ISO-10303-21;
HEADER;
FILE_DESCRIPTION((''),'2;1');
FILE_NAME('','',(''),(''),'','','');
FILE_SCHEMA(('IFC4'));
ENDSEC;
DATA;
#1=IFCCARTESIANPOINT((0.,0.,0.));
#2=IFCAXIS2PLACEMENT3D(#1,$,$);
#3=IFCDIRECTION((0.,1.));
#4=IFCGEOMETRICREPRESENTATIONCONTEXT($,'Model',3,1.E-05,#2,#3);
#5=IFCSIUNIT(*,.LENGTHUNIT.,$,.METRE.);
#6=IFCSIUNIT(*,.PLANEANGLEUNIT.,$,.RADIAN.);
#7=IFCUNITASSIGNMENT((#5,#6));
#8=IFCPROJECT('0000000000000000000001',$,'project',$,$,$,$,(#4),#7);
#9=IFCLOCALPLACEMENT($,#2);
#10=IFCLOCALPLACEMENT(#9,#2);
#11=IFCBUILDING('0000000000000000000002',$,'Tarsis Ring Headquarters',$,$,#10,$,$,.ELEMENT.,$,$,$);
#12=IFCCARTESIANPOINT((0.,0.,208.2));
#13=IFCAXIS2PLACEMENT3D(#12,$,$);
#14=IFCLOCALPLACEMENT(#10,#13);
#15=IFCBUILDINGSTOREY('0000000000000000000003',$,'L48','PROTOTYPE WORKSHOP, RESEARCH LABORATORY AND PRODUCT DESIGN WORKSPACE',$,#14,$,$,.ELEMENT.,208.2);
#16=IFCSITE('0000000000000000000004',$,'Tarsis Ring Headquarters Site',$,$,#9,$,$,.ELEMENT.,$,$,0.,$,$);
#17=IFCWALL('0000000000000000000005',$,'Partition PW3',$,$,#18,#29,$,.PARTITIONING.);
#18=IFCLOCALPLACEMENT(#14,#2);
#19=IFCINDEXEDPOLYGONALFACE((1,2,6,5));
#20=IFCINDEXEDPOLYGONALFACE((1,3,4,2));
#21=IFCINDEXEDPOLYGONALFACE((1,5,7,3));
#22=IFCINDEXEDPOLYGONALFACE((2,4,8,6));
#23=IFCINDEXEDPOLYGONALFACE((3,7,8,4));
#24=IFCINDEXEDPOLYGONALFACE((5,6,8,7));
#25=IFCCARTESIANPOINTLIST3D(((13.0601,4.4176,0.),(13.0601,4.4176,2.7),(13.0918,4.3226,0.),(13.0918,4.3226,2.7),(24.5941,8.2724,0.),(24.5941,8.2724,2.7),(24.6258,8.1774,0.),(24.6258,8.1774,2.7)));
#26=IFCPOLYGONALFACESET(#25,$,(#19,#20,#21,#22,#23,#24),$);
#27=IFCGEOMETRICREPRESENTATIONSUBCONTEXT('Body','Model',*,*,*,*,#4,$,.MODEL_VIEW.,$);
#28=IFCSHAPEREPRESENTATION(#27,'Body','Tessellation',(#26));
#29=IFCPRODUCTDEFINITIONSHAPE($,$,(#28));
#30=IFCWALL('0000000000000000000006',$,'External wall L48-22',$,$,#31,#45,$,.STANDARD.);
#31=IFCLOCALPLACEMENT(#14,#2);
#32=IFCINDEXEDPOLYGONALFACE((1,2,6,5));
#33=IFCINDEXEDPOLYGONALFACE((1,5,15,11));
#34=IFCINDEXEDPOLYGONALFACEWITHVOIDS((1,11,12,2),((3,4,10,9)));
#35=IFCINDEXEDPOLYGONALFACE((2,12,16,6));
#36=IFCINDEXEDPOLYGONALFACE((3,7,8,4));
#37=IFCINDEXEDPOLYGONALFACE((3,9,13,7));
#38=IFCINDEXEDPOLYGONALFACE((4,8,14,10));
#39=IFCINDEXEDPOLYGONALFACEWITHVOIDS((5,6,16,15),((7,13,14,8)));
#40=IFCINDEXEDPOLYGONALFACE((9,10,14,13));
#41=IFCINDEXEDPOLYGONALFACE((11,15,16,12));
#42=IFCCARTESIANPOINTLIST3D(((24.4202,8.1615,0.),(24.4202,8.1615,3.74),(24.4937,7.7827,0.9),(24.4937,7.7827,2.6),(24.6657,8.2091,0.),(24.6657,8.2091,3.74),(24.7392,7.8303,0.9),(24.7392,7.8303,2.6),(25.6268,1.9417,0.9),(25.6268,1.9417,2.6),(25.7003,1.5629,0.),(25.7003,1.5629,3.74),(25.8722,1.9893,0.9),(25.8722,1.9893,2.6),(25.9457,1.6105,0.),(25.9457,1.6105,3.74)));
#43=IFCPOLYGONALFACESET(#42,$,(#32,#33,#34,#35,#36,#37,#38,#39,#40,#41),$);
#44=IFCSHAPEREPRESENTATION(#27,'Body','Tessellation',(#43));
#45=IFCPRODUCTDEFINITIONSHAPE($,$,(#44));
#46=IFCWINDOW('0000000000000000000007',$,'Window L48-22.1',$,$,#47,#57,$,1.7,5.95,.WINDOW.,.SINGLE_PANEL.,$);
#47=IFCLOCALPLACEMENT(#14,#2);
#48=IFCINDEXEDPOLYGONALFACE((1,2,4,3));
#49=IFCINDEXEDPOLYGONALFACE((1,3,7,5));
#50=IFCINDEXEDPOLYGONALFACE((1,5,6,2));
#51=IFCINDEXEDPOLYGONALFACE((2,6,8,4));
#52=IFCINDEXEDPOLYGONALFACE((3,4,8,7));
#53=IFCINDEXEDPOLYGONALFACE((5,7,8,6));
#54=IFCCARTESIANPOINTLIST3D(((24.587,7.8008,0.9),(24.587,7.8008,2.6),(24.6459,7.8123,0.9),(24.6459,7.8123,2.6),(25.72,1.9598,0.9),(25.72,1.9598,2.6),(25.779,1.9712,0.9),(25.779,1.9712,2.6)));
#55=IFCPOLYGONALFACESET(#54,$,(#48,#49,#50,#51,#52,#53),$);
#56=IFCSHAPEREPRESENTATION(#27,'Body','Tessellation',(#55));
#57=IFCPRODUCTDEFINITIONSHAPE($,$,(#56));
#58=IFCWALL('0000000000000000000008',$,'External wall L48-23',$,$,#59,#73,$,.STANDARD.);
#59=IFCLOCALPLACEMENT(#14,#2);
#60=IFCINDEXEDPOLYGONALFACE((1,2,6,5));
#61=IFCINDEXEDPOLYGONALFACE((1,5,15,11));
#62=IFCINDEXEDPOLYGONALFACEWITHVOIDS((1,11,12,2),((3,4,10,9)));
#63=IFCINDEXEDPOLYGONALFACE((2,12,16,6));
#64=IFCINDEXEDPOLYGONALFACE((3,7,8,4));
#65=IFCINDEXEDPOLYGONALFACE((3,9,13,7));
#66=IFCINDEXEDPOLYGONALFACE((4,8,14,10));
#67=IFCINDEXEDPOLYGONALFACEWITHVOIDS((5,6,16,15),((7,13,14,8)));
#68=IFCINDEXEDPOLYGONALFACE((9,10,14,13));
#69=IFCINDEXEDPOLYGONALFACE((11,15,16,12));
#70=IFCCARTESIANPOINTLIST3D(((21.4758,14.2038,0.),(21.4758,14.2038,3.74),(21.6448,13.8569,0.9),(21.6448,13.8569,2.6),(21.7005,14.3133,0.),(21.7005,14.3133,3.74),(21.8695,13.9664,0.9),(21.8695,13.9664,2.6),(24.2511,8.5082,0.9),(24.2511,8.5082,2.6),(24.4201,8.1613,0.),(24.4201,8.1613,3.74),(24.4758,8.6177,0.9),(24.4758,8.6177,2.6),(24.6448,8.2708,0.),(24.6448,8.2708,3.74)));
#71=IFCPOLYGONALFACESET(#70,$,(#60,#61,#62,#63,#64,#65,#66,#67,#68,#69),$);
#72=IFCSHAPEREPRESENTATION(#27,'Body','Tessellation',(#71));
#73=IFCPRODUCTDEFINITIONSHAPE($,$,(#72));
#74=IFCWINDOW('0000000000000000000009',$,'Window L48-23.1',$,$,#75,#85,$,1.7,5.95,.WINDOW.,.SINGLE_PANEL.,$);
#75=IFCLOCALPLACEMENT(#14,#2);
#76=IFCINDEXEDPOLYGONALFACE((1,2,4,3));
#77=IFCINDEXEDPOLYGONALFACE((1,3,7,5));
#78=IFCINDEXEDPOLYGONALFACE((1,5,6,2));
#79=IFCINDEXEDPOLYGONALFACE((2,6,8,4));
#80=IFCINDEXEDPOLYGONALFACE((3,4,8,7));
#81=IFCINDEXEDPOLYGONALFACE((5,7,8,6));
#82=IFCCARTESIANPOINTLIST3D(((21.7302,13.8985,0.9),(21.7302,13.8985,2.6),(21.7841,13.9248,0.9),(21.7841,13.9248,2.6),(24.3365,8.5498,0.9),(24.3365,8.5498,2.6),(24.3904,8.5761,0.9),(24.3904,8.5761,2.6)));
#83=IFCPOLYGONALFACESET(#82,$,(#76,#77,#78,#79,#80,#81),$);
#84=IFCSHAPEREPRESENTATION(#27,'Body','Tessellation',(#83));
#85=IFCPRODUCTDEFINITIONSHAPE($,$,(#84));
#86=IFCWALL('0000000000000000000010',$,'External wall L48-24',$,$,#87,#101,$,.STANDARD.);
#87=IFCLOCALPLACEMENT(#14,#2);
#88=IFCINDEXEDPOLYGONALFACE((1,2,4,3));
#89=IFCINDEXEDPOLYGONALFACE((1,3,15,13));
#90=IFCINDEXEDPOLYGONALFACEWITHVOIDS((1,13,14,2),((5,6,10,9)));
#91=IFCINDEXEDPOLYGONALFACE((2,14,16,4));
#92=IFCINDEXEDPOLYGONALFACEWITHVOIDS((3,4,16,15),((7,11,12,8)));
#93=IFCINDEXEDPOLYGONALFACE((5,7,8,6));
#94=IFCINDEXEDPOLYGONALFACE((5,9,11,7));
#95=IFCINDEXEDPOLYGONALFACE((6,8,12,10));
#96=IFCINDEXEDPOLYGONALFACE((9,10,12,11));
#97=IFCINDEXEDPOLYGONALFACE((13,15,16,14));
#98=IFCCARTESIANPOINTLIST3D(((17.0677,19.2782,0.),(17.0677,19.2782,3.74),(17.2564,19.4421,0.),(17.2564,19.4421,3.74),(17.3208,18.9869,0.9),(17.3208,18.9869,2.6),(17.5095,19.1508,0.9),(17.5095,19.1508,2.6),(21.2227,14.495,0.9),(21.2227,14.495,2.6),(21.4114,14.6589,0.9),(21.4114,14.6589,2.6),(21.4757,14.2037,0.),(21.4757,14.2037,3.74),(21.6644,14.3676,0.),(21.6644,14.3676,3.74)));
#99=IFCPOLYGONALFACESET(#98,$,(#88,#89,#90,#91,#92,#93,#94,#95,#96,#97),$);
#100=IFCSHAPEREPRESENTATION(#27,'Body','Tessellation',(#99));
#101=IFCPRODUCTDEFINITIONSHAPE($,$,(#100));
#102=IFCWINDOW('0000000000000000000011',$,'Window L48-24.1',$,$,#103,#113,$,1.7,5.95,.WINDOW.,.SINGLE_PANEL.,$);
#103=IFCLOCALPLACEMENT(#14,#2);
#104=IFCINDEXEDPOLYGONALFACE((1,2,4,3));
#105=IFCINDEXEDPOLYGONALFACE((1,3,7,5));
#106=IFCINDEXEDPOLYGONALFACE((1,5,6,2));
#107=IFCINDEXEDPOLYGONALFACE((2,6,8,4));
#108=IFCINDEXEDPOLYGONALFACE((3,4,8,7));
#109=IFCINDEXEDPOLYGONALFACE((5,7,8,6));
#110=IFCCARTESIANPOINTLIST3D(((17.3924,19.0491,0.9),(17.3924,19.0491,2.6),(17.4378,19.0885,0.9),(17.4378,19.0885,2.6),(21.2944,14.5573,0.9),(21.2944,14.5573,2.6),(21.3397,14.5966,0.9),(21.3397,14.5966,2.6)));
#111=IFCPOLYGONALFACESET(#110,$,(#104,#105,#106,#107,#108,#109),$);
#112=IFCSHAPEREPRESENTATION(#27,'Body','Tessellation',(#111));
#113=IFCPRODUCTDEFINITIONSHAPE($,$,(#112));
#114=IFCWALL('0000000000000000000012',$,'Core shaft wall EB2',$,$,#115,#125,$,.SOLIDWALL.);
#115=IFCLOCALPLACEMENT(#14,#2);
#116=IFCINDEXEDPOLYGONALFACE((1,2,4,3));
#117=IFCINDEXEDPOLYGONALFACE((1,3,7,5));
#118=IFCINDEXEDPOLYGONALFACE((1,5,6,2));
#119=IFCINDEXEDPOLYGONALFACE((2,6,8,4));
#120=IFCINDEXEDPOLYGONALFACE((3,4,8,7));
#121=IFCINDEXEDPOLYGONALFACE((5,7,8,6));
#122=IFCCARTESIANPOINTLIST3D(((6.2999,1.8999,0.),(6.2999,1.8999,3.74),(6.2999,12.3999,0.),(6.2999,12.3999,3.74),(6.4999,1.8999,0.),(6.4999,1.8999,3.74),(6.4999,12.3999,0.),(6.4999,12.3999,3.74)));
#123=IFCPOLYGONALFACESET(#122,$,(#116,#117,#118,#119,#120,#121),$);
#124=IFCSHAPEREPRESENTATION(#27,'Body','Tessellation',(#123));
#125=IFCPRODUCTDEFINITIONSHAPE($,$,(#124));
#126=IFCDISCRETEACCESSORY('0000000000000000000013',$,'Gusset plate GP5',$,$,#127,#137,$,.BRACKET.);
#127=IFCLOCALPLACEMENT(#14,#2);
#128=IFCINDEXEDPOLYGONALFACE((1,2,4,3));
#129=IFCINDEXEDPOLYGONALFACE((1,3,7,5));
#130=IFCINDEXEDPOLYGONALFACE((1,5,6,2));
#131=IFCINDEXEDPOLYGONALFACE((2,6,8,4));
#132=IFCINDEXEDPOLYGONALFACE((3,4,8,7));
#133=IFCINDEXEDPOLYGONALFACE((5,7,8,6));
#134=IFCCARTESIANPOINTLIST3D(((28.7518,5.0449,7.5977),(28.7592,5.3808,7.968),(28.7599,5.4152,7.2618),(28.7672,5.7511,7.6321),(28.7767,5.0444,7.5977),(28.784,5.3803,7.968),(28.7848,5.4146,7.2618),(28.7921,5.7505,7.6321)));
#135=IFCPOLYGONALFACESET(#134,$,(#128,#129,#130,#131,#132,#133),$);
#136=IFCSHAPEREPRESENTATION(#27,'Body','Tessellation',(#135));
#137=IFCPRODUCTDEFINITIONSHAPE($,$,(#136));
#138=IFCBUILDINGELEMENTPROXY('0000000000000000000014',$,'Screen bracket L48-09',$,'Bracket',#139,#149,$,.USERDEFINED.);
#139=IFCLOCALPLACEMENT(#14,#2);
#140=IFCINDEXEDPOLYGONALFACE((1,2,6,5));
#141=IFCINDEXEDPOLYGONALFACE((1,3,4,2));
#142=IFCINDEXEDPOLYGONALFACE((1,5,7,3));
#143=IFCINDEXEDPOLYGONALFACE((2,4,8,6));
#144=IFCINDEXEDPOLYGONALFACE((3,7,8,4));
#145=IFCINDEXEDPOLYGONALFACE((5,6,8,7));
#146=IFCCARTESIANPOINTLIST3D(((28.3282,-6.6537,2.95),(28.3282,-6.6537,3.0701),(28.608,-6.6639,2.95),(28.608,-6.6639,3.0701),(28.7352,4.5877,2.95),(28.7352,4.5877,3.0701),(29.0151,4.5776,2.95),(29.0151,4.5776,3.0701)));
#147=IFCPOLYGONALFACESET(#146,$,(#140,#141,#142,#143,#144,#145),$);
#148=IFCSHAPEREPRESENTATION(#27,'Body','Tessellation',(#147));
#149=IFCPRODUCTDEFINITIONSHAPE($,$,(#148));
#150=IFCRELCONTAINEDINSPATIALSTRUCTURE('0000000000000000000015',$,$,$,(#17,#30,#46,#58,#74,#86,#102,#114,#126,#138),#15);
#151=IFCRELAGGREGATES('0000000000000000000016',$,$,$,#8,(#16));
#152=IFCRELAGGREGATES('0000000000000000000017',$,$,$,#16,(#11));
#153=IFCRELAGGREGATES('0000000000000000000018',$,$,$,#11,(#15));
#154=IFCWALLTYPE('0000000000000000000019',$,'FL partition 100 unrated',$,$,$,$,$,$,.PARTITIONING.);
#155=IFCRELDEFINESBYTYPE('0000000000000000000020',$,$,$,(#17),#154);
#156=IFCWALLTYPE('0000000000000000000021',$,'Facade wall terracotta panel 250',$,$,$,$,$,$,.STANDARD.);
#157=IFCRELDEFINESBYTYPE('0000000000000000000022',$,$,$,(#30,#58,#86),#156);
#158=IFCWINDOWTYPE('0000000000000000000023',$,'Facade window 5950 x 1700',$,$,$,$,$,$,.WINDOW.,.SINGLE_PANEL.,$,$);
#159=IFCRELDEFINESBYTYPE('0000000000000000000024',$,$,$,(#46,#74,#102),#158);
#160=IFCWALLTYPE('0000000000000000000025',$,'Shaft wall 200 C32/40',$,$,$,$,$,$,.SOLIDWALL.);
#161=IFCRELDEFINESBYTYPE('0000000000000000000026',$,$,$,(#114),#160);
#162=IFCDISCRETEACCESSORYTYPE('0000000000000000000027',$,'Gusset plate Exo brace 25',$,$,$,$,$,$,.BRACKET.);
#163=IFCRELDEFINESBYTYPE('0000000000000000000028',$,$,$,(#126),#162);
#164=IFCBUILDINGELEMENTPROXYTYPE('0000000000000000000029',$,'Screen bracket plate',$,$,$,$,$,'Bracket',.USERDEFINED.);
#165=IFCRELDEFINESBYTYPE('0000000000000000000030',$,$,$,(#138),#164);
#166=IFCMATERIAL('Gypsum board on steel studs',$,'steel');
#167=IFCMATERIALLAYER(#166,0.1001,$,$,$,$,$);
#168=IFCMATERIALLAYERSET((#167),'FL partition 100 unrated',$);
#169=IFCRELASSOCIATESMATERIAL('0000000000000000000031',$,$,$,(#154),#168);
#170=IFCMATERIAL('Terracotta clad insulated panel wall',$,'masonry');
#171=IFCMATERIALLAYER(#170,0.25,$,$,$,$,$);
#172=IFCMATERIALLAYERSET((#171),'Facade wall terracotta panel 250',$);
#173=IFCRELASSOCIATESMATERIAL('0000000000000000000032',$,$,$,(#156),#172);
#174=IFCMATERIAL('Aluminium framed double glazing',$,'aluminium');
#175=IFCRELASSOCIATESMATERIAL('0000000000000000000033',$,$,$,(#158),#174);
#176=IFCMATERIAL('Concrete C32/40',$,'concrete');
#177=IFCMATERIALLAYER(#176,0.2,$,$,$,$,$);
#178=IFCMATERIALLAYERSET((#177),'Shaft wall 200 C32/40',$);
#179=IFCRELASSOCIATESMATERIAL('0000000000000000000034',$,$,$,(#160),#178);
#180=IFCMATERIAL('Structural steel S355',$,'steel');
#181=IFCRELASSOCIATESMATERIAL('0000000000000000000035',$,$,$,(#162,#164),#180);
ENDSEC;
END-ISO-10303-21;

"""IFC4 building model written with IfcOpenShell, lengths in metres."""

from ifc_helpers import new_model, si_unit, direction, frame, frame_2d, origin, origin_2d, place, context, subcontext, project, spatial, rectangle, extrude, material, layer, layer_set, material_profile, profile_set, type_object, element, fill, save


model = new_model("IFC4")

# Units and contexts
model_context = context("Model", 3, precision=1e-05, world=origin(), true_north=direction((0.0, 1.0)))
body_context = subcontext(model_context, "Body", "Model", "MODEL_VIEW")
ifc_project = project(units=[si_unit("LENGTHUNIT", "METRE"), si_unit("PLANEANGLEUNIT", "RADIAN")], contexts=[model_context])

# Site, building, storey
site_placement = place(None, origin())
site = spatial("IfcSite", under=ifc_project, at=site_placement, Name="Tarsis Ring Headquarters Site", CompositionType="ELEMENT", RefElevation=0.0)
building_placement = place(site_placement, origin())
building = spatial("IfcBuilding", under=site, at=building_placement, Name="Tarsis Ring Headquarters", CompositionType="ELEMENT")
storey_placement = place(building_placement, frame((0.0, 0.0, 208.2)))
storey = spatial("IfcBuildingStorey", under=building, at=storey_placement, Name="L48", Description="PROTOTYPE WORKSHOP, RESEARCH LABORATORY AND PRODUCT DESIGN WORKSPACE", CompositionType="ELEMENT", Elevation=208.2)

# Shared definitions
ifc_material_1 = material(Name="Structural steel S355", Category="steel")

# Wall
ifc_material_2 = material(Name="Gypsum board on steel studs", Category="steel")
ifc_layer_1 = layer(ifc_material_2, 0.1001)
ifc_layer_set_1 = layer_set([ifc_layer_1], Name="FL partition 100 unrated")
wall_type_1 = type_object("IfcWallType", Name="FL partition 100 unrated", PredefinedType="PARTITIONING", material=ifc_layer_set_1)
wall_1_placement = place(storey_placement, frame((13.0759, 4.3701, 0.0), z_axis=(0.0, 0.0, 1.0), x_axis=(0.948434, 0.316974, 0.0)))
element("IfcWall", 1, at=wall_1_placement, inside=storey, type_object=wall_type_1, Name="Partition PW3", PredefinedType="PARTITIONING", context=body_context, shape_type="SweptSolid", body=[
    extrude(rectangle(XDim=12.1611, YDim=0.1001, at=frame_2d((6.0806, 0.0))), origin(), (0.0, 0.0, 1.0), 2.7),
])

# Walls, openings, windows
ifc_material_3 = material(Name="Terracotta clad insulated panel wall", Category="masonry")
ifc_layer_2 = layer(ifc_material_3, 0.25)
ifc_layer_set_2 = layer_set([ifc_layer_2], Name="Facade wall terracotta panel 250")
wall_type_2 = type_object("IfcWallType", Name="Facade wall terracotta panel 250", PredefinedType="STANDARD", material=ifc_layer_set_2)
wall_2_placement = place(storey_placement, frame((25.823, 1.5867, 0.0), z_axis=(0.0, 0.0, 1.0), x_axis=(-0.190434, 0.9817, 0.0)))
wall_2 = element("IfcWall", 2, at=wall_2_placement, inside=storey, type_object=wall_type_2, Name="External wall L48-22", PredefinedType="STANDARD", context=body_context, shape_type="SweptSolid", body=[
    extrude(rectangle(XDim=6.7217, YDim=0.25, at=frame_2d((3.3608, 0.0))), origin(), (0.0, 0.0, 1.0), 3.74),
])
opening_1_placement = place(wall_2_placement, frame((0.3857, 0.0, 0.8999)))
opening_1 = element("IfcOpeningElement", 3, at=opening_1_placement, cuts=wall_2, PredefinedType="OPENING", context=body_context, shape_type="SweptSolid", body=[
    extrude(rectangle(XDim=5.95, YDim=1.7, at=frame_2d((2.9751, 0.8501))), frame((0.0, 0.135, 0.0), z_axis=(0.0, -1.0, 0.0), x_axis=(1.0, 0.0, 0.0)), (0.0, 0.0, 1.0), 0.27),
])
ifc_material_4 = material(Name="Aluminium framed double glazing", Category="aluminium")
window_type = type_object("IfcWindowType", Name="Facade window 5950 x 1700", PartitioningType="SINGLE_PANEL", PredefinedType="WINDOW", material=ifc_material_4)
window_1_placement = place(opening_1_placement, origin())
window_1 = element("IfcWindow", 4, at=window_1_placement, inside=storey, type_object=window_type, Name="Window L48-22.1", OverallHeight=1.7, OverallWidth=5.95, PartitioningType="SINGLE_PANEL", PredefinedType="WINDOW", context=body_context, shape_type="SweptSolid", body=[
    extrude(rectangle(XDim=5.95, YDim=1.7, at=frame_2d((2.9751, 0.8501))), frame((0.0, 0.03, 0.0), z_axis=(0.0, -1.0, 0.0), x_axis=(1.0, 0.0, 0.0)), (0.0, 0.0, 1.0), 0.0601),
])
fill(opening_1, window_1)
wall_3_placement = place(storey_placement, frame((24.5325, 8.2161, 0.0), z_axis=(0.0, 0.0, 1.0), x_axis=(-0.438037, 0.898957, 0.0)))
wall_3 = element("IfcWall", 5, at=wall_3_placement, inside=storey, type_object=wall_type_2, Name="External wall L48-23", PredefinedType="STANDARD", context=body_context, shape_type="SweptSolid", body=[
    extrude(rectangle(XDim=6.7217, YDim=0.25, at=frame_2d((3.3608, 0.0))), origin(), (0.0, 0.0, 1.0), 3.74),
])
opening_2_placement = place(wall_3_placement, frame((0.3857, 0.0, 0.8999)))
opening_2 = element("IfcOpeningElement", 6, at=opening_2_placement, cuts=wall_3, PredefinedType="OPENING", context=body_context, shape_type="SweptSolid", body=[
    extrude(rectangle(XDim=5.95, YDim=1.7, at=frame_2d((2.9751, 0.8501))), frame((0.0, 0.135, 0.0), z_axis=(0.0, -1.0, 0.0), x_axis=(1.0, 0.0, 0.0)), (0.0, 0.0, 1.0), 0.27),
])
window_2_placement = place(opening_2_placement, origin())
window_2 = element("IfcWindow", 7, at=window_2_placement, inside=storey, type_object=window_type, Name="Window L48-23.1", OverallHeight=1.7, OverallWidth=5.95, PartitioningType="SINGLE_PANEL", PredefinedType="WINDOW", context=body_context, shape_type="SweptSolid", body=[
    extrude(rectangle(XDim=5.95, YDim=1.7, at=frame_2d((2.9751, 0.8501))), frame((0.0, 0.03, 0.0), z_axis=(0.0, -1.0, 0.0), x_axis=(1.0, 0.0, 0.0)), (0.0, 0.0, 1.0), 0.0601),
])
fill(opening_2, window_2)
wall_4_placement = place(storey_placement, frame((21.5701, 14.2856, 0.0), z_axis=(0.0, 0.0, 1.0), x_axis=(-0.655787, 0.754946, 0.0)))
wall_4 = element("IfcWall", 8, at=wall_4_placement, inside=storey, type_object=wall_type_2, Name="External wall L48-24", PredefinedType="STANDARD", context=body_context, shape_type="SweptSolid", body=[
    extrude(rectangle(XDim=6.7217, YDim=0.25, at=frame_2d((3.3608, 0.0))), origin(), (0.0, 0.0, 1.0), 3.74),
])
opening_3_placement = place(wall_4_placement, frame((0.3857, 0.0, 0.8999)))
opening_3 = element("IfcOpeningElement", 9, at=opening_3_placement, cuts=wall_4, PredefinedType="OPENING", context=body_context, shape_type="SweptSolid", body=[
    extrude(rectangle(XDim=5.95, YDim=1.7, at=frame_2d((2.9751, 0.8501))), frame((0.0, 0.135, 0.0), z_axis=(0.0, -1.0, 0.0), x_axis=(1.0, 0.0, 0.0)), (0.0, 0.0, 1.0), 0.27),
])
window_3_placement = place(opening_3_placement, origin())
window_3 = element("IfcWindow", 10, at=window_3_placement, inside=storey, type_object=window_type, Name="Window L48-24.1", OverallHeight=1.7, OverallWidth=5.95, PartitioningType="SINGLE_PANEL", PredefinedType="WINDOW", context=body_context, shape_type="SweptSolid", body=[
    extrude(rectangle(XDim=5.95, YDim=1.7, at=frame_2d((2.9751, 0.8501))), frame((0.0, 0.03, 0.0), z_axis=(0.0, -1.0, 0.0), x_axis=(1.0, 0.0, 0.0)), (0.0, 0.0, 1.0), 0.0601),
])
fill(opening_3, window_3)

# Wall
ifc_material_5 = material(Name="Concrete C32/40", Category="concrete")
ifc_layer_3 = layer(ifc_material_5, 0.2)
ifc_layer_set_3 = layer_set([ifc_layer_3], Name="Shaft wall 200 C32/40")
wall_type_3 = type_object("IfcWallType", Name="Shaft wall 200 C32/40", PredefinedType="SOLIDWALL", material=ifc_layer_set_3)
wall_5_placement = place(storey_placement, frame((6.3999, 1.8999, 0.0), z_axis=(0.0, 0.0, 1.0), x_axis=(0.0, 1.0, 0.0)))
element("IfcWall", 11, at=wall_5_placement, inside=storey, type_object=wall_type_3, Name="Core shaft wall EB2", PredefinedType="SOLIDWALL", context=body_context, shape_type="SweptSolid", body=[
    extrude(rectangle(XDim=10.5, YDim=0.2, at=frame_2d((5.25, 0.0))), origin(), (0.0, 0.0, 1.0), 3.74),
])

# Discrete accessory
ifc_material_profile_1 = material_profile(ifc_material_1, rectangle(XDim=0.0249, YDim=0.5, at=origin_2d()), Name="PL 25x500")
ifc_profile_set_1 = profile_set([ifc_material_profile_1], Name="Structural steel S355")
discrete_accessory_type = type_object("IfcDiscreteAccessoryType", Name="Gusset plate Exo brace 25", PredefinedType="BRACKET", material=ifc_profile_set_1)
discrete_accessory_placement = place(storey_placement, frame((28.7756, 5.5657, 7.8), z_axis=(-0.014646, -0.671774, -0.740611), x_axis=(0.999762, -0.021797, 0.0)))
element("IfcDiscreteAccessory", 12, at=discrete_accessory_placement, inside=storey, type_object=discrete_accessory_type, Name="Gusset plate GP5", PredefinedType="BRACKET", context=body_context, shape_type="SweptSolid", body=[
    extrude(rectangle(XDim=0.0249, YDim=0.5, at=origin_2d()), origin(), (0.0, 0.0, 1.0), 0.5),
])

# Building element proxy
building_element_proxy_type = type_object("IfcBuildingElementProxyType", Name="Screen bracket plate", ElementType="Bracket", PredefinedType="USERDEFINED", material=ifc_material_1)
proxy_placement = place(storey_placement, frame((28.6716, -1.0381, 2.95), z_axis=(0.0, 0.0, 1.0), x_axis=(0.036186, 0.999345, 0.0)))
element("IfcBuildingElementProxy", 13, at=proxy_placement, inside=storey, type_object=building_element_proxy_type, Name="Screen bracket L48-09", ObjectType="Bracket", PredefinedType="USERDEFINED", context=body_context, shape_type="SweptSolid", body=[
    extrude(rectangle(XDim=11.2488, YDim=0.28, at=origin_2d()), origin(), (0.0, 0.0, 1.0), 0.1201),
])

save(model, "model.ifc")
